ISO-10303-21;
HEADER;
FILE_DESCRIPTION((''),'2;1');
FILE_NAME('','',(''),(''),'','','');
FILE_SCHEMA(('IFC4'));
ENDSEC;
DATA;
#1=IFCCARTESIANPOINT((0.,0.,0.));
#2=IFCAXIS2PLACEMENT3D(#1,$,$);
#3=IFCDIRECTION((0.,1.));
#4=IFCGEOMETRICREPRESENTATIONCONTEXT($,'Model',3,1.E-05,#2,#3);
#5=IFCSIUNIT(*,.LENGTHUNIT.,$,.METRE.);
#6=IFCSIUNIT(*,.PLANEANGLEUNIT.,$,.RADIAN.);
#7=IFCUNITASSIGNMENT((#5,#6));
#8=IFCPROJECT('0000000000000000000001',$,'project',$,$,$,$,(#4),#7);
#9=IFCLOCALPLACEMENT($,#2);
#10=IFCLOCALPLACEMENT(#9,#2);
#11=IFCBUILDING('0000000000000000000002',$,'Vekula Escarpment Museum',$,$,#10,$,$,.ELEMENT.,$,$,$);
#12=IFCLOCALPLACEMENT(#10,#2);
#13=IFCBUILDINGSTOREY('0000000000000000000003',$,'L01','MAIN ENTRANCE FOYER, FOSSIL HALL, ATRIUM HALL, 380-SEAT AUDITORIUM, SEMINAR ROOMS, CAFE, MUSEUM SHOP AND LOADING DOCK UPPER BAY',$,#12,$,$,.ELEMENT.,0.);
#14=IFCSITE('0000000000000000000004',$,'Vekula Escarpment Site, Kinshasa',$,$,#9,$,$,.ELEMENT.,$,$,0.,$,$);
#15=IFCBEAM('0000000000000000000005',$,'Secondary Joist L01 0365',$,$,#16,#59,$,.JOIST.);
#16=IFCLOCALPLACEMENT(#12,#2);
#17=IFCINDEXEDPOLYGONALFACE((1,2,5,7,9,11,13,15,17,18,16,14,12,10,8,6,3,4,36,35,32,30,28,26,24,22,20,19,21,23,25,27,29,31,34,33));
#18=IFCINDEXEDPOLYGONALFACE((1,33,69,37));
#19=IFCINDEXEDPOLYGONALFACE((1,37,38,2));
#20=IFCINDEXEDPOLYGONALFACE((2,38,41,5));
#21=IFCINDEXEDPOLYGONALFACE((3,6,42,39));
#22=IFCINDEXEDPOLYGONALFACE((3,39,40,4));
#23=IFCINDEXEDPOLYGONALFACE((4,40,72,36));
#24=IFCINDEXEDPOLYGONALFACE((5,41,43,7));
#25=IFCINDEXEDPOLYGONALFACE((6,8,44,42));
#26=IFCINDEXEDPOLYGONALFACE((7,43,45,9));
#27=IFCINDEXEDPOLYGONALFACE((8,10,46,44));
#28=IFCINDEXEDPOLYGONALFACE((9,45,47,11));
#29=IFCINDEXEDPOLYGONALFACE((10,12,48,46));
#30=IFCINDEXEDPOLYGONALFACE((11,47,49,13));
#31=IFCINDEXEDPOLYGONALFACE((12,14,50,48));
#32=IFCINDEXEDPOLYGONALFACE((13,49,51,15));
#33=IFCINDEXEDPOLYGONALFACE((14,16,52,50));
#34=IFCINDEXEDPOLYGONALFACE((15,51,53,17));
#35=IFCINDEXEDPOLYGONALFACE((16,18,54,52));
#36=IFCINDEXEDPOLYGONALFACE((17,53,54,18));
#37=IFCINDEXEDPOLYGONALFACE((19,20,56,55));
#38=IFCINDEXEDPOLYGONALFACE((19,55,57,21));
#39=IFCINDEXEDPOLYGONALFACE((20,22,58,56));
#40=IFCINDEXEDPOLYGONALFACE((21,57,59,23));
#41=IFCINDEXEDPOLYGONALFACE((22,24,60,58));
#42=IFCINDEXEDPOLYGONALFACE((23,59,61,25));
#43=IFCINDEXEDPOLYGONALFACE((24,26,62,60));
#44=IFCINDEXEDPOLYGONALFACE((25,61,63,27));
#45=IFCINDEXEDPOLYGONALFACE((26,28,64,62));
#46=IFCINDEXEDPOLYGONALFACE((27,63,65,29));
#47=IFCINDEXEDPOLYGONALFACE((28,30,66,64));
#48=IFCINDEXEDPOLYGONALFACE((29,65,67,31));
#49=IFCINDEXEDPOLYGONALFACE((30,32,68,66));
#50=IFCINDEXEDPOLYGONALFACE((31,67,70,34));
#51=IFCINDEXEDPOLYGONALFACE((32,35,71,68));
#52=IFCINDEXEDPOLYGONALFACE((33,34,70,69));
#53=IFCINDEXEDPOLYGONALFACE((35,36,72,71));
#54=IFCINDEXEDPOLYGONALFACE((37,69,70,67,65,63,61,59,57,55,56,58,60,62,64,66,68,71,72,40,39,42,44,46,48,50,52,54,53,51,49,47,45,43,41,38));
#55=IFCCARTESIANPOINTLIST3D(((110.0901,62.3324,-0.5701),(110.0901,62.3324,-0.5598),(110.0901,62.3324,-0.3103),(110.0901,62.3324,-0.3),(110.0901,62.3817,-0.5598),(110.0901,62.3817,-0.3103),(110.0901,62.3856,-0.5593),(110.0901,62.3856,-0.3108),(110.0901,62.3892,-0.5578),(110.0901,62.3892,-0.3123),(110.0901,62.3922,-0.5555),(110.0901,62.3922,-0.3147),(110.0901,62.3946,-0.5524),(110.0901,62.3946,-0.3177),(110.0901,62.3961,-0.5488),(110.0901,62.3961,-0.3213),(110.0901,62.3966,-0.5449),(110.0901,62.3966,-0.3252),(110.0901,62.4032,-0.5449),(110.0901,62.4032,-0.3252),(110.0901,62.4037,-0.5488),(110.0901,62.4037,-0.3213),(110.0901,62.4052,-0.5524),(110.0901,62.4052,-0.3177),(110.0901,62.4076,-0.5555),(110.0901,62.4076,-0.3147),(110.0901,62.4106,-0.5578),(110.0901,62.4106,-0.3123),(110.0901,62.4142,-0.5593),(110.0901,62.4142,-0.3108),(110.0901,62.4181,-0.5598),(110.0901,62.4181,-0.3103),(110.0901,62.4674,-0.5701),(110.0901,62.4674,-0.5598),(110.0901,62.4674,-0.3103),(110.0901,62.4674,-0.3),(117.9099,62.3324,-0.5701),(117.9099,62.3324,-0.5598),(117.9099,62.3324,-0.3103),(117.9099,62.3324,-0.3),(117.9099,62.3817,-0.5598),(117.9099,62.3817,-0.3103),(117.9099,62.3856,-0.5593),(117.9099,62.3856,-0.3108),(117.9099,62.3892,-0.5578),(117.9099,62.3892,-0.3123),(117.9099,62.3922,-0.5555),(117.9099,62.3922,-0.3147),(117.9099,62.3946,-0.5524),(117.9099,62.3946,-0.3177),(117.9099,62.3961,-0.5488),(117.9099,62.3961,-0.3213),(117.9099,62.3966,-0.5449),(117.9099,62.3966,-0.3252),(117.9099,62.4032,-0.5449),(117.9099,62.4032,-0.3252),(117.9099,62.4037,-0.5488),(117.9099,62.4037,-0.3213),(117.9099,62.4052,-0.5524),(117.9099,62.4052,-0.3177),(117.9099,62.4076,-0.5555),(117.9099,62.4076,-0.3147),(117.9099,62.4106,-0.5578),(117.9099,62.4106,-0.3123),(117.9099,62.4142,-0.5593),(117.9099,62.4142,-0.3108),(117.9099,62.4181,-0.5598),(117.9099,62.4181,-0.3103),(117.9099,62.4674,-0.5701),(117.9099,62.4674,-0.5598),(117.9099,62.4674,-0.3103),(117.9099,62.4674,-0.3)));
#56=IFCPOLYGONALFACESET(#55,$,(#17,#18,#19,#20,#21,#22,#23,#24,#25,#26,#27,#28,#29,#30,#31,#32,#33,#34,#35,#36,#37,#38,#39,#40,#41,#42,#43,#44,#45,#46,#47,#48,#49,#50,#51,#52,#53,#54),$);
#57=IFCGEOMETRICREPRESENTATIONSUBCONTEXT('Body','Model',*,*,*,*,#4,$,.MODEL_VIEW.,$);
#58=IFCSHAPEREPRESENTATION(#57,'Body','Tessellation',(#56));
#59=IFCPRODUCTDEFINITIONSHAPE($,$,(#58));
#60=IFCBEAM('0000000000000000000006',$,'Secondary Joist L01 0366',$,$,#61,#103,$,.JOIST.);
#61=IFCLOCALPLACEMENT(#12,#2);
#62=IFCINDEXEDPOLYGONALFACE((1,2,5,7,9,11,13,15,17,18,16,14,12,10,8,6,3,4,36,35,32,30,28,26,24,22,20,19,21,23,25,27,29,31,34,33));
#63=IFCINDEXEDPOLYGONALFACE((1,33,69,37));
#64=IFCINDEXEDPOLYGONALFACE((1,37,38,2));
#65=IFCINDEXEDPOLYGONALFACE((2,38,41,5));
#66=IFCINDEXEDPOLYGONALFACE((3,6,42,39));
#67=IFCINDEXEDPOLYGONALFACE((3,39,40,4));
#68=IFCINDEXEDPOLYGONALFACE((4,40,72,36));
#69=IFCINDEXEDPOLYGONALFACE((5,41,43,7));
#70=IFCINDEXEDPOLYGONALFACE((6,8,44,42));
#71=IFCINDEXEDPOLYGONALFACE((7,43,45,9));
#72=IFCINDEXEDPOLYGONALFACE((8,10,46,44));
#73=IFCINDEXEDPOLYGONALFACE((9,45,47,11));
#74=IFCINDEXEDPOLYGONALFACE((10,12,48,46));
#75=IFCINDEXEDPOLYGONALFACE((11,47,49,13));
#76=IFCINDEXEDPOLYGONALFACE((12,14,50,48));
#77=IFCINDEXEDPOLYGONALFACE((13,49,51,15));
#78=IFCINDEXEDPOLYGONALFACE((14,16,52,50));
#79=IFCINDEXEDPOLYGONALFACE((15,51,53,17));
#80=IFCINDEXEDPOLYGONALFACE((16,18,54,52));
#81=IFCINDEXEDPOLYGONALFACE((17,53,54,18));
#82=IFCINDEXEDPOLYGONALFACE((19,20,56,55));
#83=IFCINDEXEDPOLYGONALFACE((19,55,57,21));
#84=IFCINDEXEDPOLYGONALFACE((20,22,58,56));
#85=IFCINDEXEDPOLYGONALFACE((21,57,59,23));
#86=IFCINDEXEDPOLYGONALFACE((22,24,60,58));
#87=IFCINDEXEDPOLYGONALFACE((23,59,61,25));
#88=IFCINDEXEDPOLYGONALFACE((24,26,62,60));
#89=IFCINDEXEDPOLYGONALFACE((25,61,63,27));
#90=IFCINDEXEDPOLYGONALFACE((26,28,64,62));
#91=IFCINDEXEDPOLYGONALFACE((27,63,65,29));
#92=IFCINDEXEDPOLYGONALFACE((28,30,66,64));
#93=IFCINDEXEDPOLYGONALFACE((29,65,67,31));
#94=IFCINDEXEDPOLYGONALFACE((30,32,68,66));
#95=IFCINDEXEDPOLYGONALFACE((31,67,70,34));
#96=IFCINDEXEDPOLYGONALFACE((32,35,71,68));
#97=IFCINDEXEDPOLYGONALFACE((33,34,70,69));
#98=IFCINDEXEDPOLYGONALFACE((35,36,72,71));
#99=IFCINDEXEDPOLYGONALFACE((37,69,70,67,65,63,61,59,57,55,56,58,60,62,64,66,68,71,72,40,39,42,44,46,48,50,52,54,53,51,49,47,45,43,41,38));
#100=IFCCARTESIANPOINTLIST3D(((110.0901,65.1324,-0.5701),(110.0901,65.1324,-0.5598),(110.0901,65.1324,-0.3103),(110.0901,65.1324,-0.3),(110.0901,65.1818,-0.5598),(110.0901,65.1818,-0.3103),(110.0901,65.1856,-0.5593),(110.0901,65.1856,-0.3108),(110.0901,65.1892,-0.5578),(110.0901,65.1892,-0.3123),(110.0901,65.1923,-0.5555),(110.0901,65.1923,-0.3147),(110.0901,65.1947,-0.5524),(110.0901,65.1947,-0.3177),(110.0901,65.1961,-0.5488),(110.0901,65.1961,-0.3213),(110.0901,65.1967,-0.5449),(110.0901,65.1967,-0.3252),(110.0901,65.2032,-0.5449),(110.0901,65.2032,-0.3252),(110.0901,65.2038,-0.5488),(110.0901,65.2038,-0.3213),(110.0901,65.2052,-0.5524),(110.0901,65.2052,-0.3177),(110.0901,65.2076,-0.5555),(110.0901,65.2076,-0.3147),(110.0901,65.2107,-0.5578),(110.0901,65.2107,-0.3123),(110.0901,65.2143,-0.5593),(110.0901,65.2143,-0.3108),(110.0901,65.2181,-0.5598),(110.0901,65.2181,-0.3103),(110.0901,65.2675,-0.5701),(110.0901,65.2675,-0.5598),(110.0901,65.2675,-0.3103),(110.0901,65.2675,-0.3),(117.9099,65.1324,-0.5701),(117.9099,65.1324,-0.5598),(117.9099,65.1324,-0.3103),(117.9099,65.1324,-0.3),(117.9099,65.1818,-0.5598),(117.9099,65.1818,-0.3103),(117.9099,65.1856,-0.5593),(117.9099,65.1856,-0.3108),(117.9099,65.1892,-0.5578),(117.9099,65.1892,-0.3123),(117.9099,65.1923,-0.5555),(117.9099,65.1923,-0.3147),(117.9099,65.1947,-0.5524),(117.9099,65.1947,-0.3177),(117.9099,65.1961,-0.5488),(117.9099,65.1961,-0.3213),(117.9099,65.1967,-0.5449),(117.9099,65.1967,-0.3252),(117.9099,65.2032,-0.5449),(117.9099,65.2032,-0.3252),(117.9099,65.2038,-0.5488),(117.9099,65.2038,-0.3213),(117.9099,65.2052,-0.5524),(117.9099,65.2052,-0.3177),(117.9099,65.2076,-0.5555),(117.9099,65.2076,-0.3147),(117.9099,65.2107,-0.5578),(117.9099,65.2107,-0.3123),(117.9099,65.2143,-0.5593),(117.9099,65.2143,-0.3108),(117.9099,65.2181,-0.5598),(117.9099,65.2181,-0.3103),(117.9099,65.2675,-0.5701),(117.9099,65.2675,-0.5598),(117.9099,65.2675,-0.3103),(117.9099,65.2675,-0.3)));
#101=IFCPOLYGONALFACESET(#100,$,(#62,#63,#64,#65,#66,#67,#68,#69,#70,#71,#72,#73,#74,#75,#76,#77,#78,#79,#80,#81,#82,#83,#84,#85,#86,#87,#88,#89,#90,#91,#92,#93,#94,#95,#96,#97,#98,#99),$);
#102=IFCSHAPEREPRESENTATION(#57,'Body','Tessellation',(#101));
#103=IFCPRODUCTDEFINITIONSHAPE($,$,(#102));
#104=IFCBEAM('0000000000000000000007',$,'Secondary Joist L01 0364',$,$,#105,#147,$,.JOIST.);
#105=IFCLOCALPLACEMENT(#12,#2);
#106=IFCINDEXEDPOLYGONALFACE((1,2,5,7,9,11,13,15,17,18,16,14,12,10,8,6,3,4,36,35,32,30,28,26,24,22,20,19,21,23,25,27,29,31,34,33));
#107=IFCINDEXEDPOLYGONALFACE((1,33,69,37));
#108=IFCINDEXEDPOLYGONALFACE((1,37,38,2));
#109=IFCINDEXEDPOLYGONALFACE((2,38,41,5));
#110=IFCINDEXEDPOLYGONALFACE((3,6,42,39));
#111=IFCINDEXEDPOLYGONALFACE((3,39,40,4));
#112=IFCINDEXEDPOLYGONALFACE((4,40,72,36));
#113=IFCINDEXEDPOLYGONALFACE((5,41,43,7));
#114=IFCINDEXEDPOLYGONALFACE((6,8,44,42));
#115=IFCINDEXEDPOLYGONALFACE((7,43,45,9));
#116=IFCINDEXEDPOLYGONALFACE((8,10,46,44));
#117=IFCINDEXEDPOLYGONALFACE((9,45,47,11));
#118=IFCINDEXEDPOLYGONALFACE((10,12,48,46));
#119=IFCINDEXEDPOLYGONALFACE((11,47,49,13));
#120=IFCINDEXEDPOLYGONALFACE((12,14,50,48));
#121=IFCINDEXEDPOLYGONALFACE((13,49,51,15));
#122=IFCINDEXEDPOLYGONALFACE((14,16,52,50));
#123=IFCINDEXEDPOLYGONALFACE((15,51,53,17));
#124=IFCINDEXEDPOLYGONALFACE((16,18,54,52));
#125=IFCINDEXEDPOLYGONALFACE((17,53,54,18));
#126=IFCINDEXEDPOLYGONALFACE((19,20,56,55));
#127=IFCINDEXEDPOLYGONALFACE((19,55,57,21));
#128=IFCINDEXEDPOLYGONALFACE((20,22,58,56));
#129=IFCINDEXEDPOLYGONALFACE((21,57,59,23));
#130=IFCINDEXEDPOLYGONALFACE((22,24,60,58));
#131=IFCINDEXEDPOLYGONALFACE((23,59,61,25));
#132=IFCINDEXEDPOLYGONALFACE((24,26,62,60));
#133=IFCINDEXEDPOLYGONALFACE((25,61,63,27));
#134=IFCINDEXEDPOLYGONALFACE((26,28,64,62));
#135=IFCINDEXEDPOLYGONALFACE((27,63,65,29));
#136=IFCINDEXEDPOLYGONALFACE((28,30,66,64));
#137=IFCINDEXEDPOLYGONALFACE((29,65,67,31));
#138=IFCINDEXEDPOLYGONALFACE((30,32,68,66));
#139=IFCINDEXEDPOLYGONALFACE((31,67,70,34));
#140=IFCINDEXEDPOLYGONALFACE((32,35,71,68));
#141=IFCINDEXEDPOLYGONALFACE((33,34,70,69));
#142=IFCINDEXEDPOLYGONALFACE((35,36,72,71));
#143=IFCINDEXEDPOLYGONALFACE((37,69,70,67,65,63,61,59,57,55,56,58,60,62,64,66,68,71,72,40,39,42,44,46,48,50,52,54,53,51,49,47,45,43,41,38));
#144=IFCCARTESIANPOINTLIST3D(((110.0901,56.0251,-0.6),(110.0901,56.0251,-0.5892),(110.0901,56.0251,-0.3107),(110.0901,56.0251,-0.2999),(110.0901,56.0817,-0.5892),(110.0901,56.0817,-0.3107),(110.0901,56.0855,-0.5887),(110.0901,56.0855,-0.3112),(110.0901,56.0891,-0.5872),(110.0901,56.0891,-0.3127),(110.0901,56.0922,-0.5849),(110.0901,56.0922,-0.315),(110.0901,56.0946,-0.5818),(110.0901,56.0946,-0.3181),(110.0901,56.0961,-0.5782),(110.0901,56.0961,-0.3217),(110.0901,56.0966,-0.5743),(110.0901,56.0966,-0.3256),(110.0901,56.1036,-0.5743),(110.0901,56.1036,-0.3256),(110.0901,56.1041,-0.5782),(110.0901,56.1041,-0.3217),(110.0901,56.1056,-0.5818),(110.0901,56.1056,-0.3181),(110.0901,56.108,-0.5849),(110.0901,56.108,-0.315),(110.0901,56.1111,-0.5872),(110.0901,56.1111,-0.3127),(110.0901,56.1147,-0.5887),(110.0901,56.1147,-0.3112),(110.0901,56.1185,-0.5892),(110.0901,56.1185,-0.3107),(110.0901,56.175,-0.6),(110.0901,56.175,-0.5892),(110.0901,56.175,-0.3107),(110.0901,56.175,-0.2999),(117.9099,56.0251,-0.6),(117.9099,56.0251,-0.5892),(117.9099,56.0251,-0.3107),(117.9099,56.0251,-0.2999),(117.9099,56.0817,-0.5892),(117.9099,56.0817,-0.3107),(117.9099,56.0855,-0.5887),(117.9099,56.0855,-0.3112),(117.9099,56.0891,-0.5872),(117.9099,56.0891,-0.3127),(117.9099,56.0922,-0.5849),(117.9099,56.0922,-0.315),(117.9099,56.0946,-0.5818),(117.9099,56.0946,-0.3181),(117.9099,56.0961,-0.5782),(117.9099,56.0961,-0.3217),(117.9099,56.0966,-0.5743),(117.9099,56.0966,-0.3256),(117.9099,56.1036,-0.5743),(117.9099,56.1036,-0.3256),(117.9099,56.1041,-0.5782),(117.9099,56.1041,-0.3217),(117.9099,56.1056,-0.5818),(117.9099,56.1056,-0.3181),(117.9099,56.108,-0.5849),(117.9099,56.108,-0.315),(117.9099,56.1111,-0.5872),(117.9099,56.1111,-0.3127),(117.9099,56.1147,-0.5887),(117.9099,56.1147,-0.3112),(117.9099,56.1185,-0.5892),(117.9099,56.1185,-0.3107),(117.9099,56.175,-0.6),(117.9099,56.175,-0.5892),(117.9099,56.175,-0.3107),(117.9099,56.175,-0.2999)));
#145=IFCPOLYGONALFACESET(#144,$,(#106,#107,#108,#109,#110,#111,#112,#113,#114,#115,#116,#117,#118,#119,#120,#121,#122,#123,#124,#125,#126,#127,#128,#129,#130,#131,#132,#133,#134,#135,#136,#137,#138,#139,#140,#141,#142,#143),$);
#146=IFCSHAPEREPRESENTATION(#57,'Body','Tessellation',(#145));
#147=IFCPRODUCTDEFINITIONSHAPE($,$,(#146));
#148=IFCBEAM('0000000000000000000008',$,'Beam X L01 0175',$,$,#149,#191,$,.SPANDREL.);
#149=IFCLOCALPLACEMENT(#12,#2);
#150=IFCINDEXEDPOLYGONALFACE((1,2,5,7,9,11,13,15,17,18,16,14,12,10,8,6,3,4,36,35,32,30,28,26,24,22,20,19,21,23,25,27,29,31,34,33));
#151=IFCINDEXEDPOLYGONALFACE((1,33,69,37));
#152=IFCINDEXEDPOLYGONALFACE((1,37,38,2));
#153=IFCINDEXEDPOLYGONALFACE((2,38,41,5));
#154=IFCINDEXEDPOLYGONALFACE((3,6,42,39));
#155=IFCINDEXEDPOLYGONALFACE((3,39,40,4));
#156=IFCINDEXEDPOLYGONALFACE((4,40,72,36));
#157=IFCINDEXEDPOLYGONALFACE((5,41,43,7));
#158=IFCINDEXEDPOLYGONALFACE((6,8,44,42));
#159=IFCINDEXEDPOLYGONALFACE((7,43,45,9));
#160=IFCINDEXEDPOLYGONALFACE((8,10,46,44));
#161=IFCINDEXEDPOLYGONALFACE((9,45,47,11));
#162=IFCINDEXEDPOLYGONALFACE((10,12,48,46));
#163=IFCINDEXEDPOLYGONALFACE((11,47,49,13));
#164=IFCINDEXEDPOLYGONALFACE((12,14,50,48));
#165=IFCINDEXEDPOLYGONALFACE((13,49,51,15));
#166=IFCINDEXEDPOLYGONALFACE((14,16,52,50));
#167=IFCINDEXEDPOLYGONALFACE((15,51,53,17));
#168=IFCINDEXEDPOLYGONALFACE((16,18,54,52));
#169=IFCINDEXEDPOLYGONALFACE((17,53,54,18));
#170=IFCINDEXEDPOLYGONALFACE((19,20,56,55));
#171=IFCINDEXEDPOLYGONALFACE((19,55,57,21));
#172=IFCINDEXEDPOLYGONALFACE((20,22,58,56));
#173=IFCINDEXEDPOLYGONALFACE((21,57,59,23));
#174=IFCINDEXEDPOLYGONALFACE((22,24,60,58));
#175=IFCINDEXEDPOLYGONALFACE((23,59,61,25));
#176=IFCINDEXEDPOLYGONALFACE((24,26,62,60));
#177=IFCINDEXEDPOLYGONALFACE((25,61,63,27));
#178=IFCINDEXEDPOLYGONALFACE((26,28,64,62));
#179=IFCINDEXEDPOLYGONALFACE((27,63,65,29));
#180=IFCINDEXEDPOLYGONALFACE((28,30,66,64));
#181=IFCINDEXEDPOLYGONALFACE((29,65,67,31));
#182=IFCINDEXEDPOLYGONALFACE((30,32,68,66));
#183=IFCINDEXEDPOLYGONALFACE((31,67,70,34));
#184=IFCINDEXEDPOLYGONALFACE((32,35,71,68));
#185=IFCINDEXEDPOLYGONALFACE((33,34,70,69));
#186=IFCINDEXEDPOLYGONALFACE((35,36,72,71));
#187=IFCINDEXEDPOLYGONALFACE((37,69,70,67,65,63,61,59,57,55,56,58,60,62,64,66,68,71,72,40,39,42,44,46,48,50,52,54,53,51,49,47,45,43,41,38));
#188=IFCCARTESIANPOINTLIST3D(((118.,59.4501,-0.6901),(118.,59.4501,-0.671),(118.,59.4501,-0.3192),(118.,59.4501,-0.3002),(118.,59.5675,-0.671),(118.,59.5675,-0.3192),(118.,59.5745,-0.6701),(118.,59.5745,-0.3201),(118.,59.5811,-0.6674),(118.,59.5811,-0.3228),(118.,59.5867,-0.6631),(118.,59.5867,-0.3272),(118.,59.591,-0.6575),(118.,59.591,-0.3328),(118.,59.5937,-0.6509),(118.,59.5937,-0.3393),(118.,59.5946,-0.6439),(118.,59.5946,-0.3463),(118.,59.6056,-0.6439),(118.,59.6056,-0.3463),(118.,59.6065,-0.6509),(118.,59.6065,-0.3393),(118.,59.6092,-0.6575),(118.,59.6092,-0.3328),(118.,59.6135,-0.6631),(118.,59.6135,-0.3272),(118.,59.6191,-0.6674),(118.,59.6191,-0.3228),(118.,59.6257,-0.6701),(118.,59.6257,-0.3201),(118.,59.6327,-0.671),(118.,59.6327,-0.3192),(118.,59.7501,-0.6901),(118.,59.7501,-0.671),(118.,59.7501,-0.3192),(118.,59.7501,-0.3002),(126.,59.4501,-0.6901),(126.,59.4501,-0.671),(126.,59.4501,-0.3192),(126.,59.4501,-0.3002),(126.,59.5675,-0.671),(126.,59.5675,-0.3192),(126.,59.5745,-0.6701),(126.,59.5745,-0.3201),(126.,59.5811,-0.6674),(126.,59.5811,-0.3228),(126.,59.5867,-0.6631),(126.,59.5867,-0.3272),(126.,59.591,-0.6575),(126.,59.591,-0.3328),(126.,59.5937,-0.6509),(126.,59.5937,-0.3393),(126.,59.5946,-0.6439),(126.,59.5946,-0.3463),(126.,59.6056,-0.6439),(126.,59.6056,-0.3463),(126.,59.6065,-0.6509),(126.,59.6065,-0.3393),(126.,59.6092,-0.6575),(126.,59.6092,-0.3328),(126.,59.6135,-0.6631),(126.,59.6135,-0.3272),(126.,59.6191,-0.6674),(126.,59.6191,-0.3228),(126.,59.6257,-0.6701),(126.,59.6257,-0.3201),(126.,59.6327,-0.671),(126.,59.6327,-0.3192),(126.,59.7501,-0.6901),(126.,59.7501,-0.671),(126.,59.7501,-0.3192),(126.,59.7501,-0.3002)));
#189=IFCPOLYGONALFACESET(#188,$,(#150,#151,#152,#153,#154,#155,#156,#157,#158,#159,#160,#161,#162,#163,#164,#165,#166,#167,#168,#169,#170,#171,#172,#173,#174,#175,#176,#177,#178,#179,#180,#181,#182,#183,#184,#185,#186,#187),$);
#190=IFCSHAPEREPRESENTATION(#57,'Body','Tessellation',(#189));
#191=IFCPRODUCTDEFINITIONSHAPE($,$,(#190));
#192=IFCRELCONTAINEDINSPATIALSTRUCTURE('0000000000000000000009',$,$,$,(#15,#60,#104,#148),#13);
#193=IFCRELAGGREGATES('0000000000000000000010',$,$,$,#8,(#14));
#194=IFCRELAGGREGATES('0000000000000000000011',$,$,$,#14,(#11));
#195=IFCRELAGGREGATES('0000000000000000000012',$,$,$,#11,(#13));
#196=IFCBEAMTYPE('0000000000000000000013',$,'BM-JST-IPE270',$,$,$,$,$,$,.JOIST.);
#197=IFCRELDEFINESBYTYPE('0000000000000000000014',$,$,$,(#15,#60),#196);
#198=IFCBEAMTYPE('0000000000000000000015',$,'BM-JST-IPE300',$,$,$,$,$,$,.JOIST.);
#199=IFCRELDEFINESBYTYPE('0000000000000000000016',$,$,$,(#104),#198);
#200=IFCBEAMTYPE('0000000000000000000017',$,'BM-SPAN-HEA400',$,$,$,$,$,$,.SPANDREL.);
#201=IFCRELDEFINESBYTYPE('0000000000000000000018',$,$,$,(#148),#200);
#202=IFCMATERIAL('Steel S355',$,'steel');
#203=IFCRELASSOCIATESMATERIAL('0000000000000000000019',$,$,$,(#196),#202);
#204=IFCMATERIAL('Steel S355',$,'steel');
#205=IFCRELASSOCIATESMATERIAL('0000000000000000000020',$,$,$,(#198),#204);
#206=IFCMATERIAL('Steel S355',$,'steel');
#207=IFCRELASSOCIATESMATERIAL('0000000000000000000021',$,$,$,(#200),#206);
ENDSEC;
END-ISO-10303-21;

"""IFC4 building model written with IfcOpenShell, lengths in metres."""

from ifc_helpers import new_model, si_unit, direction, frame, origin, origin_2d, place, context, subcontext, project, spatial, i_section, extrude, material, material_profile, profile_set, type_object, element, save


model = new_model("IFC4")

# Units and contexts
model_context = context("Model", 3, precision=1e-05, world=origin(), true_north=direction((0.0, 1.0)))
body_context = subcontext(model_context, "Body", "Model", "MODEL_VIEW")
ifc_project = project(units=[si_unit("LENGTHUNIT", "METRE"), si_unit("PLANEANGLEUNIT", "RADIAN")], contexts=[model_context])

# Site, building, storey
site_placement = place(None, origin())
site = spatial("IfcSite", under=ifc_project, at=site_placement, Name="Vekula Escarpment Site, Kinshasa", CompositionType="ELEMENT", RefElevation=0.0)
building_placement = place(site_placement, origin())
building = spatial("IfcBuilding", under=site, at=building_placement, Name="Vekula Escarpment Museum", CompositionType="ELEMENT")
storey_placement = place(building_placement, origin())
storey = spatial("IfcBuildingStorey", under=building, at=storey_placement, Name="L01", Description="MAIN ENTRANCE FOYER, FOSSIL HALL, ATRIUM HALL, 380-SEAT AUDITORIUM, SEMINAR ROOMS, CAFE, MUSEUM SHOP AND LOADING DOCK UPPER BAY", CompositionType="ELEMENT", Elevation=0.0)

# Beams
ifc_material_1 = material(Name="Steel S355", Category="steel")
ifc_material_profile_1 = material_profile(ifc_material_1, i_section(OverallWidth=0.135, OverallDepth=0.27, WebThickness=0.0066, FlangeThickness=0.0103, FilletRadius=0.0149, at=origin_2d()), Name="IPE 270")
ifc_profile_set_1 = profile_set([ifc_material_profile_1], Name="Steel S355")
beam_type_1 = type_object("IfcBeamType", Name="BM-JST-IPE270", PredefinedType="JOIST", material=ifc_profile_set_1)
for number, where, z_axis, x_axis, name in (
    (1, (110.0901, 62.3999, -0.4351), (1.0, 0.0, 0.0), (0.0, 1.0, 0.0), "Secondary Joist L01 0365"),
    (2, (110.0901, 65.2, -0.4351), (1.0, 0.0, 0.0), (0.0, 1.0, 0.0), "Secondary Joist L01 0366"),
):
    element("IfcBeam", number, at=place(storey_placement, frame(where, z_axis=z_axis, x_axis=x_axis)), inside=storey, type_object=beam_type_1, Name=name, PredefinedType="JOIST", context=body_context, shape_type="SweptSolid", body=[
        extrude(i_section(OverallWidth=0.135, OverallDepth=0.27, WebThickness=0.0066, FlangeThickness=0.0103, FilletRadius=0.0149, at=origin_2d()), origin(), (0.0, 0.0, 1.0), 7.8198),
    ])
ifc_material_2 = material(Name="Steel S355", Category="steel")
ifc_material_profile_2 = material_profile(ifc_material_2, i_section(OverallWidth=0.1499, OverallDepth=0.3, WebThickness=0.0071, FlangeThickness=0.0107, FilletRadius=0.0149, at=origin_2d()), Name="IPE 300")
ifc_profile_set_2 = profile_set([ifc_material_profile_2], Name="Steel S355")
beam_type_2 = type_object("IfcBeamType", Name="BM-JST-IPE300", PredefinedType="JOIST", material=ifc_profile_set_2)
beam_1_placement = place(storey_placement, frame((110.0901, 56.1001, -0.45), z_axis=(1.0, 0.0, 0.0), x_axis=(0.0, 1.0, 0.0)))
element("IfcBeam", 3, at=beam_1_placement, inside=storey, type_object=beam_type_2, Name="Secondary Joist L01 0364", PredefinedType="JOIST", context=body_context, shape_type="SweptSolid", body=[
    extrude(i_section(OverallWidth=0.1499, OverallDepth=0.3, WebThickness=0.0071, FlangeThickness=0.0107, FilletRadius=0.0149, at=origin_2d()), origin(), (0.0, 0.0, 1.0), 7.8198),
])
ifc_material_3 = material(Name="Steel S355", Category="steel")
ifc_material_profile_3 = material_profile(ifc_material_3, i_section(OverallWidth=0.3, OverallDepth=0.3899, WebThickness=0.011, FlangeThickness=0.019, FilletRadius=0.0271, at=origin_2d()), Name="HEA 400")
ifc_profile_set_3 = profile_set([ifc_material_profile_3], Name="Steel S355")
beam_type_3 = type_object("IfcBeamType", Name="BM-SPAN-HEA400", PredefinedType="SPANDREL", material=ifc_profile_set_3)
beam_2_placement = place(storey_placement, frame((118.0, 59.6001, -0.4951), z_axis=(1.0, 0.0, 0.0), x_axis=(0.0, 1.0, 0.0)))
element("IfcBeam", 4, at=beam_2_placement, inside=storey, type_object=beam_type_3, Name="Beam X L01 0175", PredefinedType="SPANDREL", context=body_context, shape_type="SweptSolid", body=[
    extrude(i_section(OverallWidth=0.3, OverallDepth=0.3899, WebThickness=0.011, FlangeThickness=0.019, FilletRadius=0.0271, at=origin_2d()), origin(), (0.0, 0.0, 1.0), 8.0),
])

save(model, "model.ifc")
